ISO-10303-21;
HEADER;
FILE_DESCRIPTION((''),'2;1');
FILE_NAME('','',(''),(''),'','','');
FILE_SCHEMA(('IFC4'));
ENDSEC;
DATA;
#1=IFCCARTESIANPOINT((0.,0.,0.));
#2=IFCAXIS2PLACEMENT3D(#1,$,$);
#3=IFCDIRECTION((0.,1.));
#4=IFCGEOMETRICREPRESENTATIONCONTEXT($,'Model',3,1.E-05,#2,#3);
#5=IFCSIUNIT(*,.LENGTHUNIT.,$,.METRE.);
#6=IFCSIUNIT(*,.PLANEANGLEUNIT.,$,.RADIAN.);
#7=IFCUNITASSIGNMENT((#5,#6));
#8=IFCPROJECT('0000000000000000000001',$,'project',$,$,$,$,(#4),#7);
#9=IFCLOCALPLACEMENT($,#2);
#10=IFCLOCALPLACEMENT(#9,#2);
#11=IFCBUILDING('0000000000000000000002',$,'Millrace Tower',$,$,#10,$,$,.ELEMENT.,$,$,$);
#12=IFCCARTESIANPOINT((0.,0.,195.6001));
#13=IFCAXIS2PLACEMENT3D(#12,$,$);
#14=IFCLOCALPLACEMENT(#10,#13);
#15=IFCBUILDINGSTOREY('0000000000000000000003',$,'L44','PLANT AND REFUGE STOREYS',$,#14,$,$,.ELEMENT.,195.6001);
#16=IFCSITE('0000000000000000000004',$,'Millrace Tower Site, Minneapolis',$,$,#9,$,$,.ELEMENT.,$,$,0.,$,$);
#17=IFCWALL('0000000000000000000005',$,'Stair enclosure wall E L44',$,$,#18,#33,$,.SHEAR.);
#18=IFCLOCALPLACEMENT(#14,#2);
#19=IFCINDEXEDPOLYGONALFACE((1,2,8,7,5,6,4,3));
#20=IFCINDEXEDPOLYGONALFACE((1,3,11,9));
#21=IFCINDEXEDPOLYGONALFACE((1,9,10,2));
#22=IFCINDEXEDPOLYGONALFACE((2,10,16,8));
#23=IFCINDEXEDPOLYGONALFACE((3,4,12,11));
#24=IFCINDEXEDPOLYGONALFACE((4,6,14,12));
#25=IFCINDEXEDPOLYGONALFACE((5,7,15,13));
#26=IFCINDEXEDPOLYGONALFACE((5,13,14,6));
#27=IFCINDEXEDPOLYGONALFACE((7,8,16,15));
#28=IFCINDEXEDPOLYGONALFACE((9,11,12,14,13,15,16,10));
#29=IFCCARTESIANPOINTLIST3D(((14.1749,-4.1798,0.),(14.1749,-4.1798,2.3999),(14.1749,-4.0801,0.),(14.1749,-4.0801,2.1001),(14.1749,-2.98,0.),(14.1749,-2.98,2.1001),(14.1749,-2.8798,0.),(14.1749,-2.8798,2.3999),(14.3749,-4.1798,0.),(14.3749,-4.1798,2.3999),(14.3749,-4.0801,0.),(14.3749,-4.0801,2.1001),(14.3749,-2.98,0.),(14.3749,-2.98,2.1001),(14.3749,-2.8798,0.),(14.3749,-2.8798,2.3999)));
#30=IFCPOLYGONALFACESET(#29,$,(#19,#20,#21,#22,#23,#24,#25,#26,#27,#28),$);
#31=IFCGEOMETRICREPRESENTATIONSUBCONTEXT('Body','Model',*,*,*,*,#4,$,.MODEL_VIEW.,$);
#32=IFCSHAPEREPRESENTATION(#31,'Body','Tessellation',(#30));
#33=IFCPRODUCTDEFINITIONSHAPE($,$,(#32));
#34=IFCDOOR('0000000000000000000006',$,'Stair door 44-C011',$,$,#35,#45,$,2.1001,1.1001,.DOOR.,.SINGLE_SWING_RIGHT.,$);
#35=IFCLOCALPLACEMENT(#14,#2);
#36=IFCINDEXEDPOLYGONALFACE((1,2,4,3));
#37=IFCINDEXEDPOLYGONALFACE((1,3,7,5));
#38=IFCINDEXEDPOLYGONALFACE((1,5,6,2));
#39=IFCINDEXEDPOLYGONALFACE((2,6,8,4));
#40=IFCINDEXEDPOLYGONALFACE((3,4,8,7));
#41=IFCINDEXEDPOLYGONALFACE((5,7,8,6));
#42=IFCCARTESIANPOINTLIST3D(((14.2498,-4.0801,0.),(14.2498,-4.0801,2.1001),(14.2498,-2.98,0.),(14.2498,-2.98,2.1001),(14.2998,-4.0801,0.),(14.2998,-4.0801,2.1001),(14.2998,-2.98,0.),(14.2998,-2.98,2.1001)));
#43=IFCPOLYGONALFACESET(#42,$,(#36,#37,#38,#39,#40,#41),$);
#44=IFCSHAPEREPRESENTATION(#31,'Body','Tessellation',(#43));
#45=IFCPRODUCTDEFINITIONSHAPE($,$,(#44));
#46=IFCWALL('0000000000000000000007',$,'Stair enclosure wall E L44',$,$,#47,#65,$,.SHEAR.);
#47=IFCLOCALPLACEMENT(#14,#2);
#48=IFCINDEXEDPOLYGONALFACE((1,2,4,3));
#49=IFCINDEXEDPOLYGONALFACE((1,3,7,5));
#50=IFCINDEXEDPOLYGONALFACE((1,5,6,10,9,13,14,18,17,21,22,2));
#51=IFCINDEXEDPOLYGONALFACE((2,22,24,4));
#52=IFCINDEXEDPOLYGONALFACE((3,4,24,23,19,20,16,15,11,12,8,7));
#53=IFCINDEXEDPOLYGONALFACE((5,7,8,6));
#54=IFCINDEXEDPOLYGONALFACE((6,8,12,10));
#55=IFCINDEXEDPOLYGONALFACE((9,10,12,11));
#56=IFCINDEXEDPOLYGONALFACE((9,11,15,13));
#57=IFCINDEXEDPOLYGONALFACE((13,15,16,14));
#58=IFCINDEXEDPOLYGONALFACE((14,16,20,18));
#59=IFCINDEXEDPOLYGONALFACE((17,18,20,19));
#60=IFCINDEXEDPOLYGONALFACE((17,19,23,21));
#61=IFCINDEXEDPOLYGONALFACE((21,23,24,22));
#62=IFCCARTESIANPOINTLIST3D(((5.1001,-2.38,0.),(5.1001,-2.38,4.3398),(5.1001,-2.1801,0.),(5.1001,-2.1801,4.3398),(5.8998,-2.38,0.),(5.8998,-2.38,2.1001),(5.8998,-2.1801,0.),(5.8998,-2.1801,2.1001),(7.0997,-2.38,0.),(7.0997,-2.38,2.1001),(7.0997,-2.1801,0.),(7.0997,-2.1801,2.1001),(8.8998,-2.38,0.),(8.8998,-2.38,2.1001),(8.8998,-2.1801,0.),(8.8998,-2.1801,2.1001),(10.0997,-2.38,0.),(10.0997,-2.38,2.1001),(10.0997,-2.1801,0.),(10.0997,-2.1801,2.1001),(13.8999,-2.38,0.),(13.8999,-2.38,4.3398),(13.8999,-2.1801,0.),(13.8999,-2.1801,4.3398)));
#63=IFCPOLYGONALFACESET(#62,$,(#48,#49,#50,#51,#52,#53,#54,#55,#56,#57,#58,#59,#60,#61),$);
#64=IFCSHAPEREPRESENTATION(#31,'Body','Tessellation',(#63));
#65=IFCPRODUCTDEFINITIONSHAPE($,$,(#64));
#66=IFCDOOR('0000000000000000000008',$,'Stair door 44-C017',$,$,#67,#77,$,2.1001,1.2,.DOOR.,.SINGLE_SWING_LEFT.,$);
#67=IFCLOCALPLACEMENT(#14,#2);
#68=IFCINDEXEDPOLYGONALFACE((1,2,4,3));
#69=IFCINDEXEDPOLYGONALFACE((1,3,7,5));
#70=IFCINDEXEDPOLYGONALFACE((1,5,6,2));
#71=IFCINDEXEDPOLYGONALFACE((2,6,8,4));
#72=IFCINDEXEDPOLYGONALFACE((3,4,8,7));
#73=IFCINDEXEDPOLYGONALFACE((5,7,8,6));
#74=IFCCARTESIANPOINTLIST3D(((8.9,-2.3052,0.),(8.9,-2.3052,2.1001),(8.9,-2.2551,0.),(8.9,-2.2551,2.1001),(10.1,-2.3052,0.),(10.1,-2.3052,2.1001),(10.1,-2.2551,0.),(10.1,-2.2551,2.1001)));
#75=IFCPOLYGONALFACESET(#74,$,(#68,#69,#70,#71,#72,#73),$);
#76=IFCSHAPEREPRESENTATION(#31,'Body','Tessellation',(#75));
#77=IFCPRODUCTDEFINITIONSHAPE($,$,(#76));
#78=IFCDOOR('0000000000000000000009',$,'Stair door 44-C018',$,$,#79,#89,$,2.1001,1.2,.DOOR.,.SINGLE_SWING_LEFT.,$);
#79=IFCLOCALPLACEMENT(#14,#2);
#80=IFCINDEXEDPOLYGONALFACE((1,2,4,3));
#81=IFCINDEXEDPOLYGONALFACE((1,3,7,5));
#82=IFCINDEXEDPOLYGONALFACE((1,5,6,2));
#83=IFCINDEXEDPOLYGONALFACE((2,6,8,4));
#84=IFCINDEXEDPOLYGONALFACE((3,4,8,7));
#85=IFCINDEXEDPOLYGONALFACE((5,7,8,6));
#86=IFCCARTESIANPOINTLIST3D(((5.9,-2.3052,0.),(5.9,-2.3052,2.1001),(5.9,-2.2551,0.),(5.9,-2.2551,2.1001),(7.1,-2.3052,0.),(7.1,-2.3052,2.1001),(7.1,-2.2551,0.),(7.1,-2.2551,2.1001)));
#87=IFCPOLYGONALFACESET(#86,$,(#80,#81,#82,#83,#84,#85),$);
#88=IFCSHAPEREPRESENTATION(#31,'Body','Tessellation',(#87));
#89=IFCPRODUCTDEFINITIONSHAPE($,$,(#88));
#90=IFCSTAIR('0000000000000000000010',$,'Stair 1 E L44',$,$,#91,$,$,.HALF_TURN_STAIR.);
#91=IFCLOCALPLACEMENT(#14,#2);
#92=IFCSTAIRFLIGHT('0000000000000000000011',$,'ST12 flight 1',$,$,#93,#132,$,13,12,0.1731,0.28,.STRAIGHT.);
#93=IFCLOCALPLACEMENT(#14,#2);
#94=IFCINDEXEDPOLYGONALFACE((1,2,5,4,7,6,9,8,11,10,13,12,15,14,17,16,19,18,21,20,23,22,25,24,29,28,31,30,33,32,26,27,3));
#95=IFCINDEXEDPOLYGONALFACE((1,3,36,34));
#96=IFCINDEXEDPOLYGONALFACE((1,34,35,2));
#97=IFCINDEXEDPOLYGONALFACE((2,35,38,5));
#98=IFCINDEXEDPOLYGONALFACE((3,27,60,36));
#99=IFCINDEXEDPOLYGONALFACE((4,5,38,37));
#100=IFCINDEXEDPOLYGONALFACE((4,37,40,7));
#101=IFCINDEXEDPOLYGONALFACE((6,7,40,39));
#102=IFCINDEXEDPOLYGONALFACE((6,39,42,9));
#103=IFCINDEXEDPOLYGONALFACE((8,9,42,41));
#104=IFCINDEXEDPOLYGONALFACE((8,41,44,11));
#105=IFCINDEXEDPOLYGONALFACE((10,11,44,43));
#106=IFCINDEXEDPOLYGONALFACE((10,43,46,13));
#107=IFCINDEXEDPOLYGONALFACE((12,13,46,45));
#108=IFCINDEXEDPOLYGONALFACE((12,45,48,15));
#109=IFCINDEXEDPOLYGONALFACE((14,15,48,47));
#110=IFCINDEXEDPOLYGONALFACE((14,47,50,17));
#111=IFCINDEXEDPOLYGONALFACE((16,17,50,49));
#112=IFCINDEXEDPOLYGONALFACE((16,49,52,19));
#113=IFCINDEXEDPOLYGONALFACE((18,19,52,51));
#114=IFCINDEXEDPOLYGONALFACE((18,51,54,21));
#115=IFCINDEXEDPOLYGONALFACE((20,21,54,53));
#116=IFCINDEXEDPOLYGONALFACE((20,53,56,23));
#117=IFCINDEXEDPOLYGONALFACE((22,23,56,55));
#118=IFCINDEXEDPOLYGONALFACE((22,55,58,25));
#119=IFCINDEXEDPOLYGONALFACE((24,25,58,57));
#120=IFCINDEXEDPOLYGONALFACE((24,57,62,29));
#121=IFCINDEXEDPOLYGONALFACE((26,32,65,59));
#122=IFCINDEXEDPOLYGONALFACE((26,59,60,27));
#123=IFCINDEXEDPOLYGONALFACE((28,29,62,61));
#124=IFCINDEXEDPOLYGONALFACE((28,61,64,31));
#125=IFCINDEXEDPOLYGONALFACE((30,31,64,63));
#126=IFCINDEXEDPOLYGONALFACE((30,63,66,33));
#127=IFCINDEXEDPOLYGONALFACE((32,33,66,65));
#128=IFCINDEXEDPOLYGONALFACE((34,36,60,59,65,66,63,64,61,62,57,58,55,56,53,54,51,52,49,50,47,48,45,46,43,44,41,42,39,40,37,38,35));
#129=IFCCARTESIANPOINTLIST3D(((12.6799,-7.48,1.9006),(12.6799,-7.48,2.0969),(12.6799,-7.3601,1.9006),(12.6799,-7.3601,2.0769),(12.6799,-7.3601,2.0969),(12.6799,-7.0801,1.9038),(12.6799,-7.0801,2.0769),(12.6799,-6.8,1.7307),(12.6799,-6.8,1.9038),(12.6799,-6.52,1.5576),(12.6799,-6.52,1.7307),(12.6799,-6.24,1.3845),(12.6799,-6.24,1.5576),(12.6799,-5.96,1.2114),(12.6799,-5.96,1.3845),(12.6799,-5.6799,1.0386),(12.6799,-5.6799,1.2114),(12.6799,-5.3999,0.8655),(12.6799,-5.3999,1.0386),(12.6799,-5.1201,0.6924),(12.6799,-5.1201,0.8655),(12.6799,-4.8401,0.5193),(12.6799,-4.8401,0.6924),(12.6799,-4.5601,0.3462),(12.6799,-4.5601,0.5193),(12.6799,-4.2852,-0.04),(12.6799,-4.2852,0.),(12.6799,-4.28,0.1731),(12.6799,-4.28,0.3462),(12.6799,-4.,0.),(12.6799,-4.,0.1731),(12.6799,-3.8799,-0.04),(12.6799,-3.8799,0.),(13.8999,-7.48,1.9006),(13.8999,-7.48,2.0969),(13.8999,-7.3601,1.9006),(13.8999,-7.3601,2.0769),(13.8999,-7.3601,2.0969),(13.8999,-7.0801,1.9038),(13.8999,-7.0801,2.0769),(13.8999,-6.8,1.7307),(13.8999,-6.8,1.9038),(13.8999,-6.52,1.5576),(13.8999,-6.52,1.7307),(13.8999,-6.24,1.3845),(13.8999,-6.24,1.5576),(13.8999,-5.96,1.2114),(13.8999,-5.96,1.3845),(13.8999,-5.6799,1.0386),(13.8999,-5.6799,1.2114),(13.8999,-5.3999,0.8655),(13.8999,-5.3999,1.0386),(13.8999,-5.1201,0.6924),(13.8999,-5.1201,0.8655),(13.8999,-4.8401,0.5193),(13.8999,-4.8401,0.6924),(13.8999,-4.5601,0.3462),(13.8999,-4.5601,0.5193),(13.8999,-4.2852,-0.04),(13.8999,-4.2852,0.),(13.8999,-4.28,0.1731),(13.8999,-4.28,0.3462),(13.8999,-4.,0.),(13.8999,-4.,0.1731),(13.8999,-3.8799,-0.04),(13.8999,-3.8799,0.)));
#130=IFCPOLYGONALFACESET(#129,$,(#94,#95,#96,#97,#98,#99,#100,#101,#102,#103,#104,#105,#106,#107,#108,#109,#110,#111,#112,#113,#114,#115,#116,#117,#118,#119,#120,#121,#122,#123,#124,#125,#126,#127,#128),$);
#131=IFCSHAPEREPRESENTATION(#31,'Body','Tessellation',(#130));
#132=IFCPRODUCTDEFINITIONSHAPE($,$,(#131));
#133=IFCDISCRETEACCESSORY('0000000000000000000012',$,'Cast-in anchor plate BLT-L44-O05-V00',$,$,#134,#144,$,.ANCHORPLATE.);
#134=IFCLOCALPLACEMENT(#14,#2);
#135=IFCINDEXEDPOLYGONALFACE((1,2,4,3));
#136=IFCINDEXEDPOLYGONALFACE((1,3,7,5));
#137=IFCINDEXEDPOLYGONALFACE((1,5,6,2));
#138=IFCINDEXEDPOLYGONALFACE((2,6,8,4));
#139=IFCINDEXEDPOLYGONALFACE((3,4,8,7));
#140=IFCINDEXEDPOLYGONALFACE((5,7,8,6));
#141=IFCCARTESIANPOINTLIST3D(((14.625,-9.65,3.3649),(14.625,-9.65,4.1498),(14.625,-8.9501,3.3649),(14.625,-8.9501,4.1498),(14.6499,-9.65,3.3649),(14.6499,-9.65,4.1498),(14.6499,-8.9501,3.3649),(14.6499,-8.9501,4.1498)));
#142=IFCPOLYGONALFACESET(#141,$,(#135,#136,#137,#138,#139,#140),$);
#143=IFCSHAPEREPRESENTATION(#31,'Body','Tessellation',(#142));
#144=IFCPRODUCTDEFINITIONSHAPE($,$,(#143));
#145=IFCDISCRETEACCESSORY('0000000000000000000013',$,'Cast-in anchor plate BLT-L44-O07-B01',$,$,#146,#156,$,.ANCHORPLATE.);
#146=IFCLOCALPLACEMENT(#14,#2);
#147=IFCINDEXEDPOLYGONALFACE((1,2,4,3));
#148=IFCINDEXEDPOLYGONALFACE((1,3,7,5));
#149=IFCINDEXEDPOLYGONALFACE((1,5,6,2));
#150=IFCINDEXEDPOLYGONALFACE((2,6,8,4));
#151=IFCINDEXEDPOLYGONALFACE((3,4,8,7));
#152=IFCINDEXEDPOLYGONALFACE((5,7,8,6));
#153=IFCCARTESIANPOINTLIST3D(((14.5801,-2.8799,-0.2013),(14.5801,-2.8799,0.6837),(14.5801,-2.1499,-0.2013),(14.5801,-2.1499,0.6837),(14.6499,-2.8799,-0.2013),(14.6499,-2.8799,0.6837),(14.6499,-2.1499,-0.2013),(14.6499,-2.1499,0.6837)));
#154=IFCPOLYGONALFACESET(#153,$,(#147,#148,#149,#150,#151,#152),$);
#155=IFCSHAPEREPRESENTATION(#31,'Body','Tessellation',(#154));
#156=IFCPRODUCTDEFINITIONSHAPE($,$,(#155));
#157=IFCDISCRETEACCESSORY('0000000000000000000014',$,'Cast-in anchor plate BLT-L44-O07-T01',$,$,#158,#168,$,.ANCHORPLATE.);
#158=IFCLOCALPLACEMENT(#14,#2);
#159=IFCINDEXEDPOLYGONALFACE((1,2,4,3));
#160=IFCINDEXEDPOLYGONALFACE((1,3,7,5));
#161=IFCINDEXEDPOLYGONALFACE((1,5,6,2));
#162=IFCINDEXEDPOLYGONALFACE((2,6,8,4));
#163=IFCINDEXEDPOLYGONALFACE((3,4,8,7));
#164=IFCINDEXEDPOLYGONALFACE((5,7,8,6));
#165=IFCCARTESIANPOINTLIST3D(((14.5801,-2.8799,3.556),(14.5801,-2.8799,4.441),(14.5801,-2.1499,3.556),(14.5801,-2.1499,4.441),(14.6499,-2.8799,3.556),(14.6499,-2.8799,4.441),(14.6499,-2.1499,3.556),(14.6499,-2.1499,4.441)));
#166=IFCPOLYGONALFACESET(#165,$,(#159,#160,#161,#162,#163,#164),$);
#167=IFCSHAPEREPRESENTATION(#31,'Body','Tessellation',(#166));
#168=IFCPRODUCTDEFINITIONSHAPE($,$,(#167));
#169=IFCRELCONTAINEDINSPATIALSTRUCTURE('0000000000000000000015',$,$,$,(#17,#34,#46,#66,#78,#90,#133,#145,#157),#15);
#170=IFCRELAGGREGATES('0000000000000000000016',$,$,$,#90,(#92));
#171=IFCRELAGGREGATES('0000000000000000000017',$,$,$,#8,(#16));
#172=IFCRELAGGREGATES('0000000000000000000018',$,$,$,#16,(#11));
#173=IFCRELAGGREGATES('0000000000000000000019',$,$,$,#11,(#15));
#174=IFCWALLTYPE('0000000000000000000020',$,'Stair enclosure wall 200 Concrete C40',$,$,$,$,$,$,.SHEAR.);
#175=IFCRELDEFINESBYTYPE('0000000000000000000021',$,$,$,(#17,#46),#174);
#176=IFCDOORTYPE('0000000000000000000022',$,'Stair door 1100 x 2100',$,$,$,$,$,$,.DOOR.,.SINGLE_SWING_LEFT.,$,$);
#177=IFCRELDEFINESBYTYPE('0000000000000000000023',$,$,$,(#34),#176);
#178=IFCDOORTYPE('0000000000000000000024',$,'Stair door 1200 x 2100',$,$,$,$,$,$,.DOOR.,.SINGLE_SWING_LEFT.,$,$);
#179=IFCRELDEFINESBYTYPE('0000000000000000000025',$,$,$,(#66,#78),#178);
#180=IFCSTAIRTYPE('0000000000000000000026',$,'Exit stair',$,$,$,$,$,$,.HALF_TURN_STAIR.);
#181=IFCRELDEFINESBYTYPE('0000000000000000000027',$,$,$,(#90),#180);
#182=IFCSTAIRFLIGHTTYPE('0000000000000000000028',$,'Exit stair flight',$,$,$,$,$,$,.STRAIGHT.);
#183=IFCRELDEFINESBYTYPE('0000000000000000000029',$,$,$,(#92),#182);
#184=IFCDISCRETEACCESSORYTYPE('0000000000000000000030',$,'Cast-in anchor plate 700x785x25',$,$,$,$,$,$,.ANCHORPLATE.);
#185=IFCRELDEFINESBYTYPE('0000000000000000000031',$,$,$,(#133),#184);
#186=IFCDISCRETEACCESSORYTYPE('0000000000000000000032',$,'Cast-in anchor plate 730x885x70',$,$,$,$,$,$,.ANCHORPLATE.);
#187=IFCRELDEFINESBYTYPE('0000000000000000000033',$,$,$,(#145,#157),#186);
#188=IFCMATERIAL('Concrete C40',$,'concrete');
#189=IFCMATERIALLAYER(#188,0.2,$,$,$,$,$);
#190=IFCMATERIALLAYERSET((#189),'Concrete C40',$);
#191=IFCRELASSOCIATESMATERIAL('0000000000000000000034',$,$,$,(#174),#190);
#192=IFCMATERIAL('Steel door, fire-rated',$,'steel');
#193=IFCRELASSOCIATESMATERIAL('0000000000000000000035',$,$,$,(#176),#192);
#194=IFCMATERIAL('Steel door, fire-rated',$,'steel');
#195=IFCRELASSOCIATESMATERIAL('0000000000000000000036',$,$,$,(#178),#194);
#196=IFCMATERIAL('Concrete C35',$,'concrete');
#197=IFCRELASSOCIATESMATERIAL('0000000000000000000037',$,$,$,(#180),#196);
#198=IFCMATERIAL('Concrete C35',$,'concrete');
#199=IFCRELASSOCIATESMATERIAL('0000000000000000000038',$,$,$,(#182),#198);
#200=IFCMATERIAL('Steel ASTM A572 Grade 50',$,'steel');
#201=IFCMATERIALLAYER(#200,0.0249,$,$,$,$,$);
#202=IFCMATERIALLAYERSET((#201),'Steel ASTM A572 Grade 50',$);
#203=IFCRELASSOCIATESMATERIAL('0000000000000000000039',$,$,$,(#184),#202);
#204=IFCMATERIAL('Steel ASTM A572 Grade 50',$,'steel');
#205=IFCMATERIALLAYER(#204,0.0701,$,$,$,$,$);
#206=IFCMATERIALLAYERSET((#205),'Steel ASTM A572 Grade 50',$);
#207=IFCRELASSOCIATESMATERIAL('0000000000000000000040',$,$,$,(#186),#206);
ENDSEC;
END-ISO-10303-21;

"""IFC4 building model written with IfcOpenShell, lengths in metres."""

from ifc_helpers import new_model, si_unit, direction, frame, frame_2d, origin, origin_2d, place, context, subcontext, project, spatial, polyline, rectangle, outline, extrude, material, layer, layer_set, type_object, element, fill, aggregate, save


model = new_model("IFC4")

# Units and contexts
model_context = context("Model", 3, precision=1e-05, world=origin(), true_north=direction((0.0, 1.0)))
body_context = subcontext(model_context, "Body", "Model", "MODEL_VIEW")
ifc_project = project(units=[si_unit("LENGTHUNIT", "METRE"), si_unit("PLANEANGLEUNIT", "RADIAN")], contexts=[model_context])

# Site, building, storey
site_placement = place(None, origin())
site = spatial("IfcSite", under=ifc_project, at=site_placement, Name="Millrace Tower Site, Minneapolis", CompositionType="ELEMENT", RefElevation=0.0)
building_placement = place(site_placement, origin())
building = spatial("IfcBuilding", under=site, at=building_placement, Name="Millrace Tower", CompositionType="ELEMENT")
storey_placement = place(building_placement, frame((0.0, 0.0, 195.6001)))
storey = spatial("IfcBuildingStorey", under=building, at=storey_placement, Name="L44", Description="PLANT AND REFUGE STOREYS", CompositionType="ELEMENT", Elevation=195.6001)

# Wall, opening, door
ifc_material_1 = material(Name="Concrete C40", Category="concrete")
ifc_layer_1 = layer(ifc_material_1, 0.2)
ifc_layer_set_1 = layer_set([ifc_layer_1], Name="Concrete C40")
wall_type_1 = type_object("IfcWallType", Name="Stair enclosure wall 200 Concrete C40", PredefinedType="SHEAR", material=ifc_layer_set_1)
wall_1_placement = place(storey_placement, frame((14.2749, -2.8799, 0.0), z_axis=(0.0, 0.0, 1.0), x_axis=(0.0, -1.0, 0.0)))
wall_1 = element("IfcWall", 1, at=wall_1_placement, inside=storey, type_object=wall_type_1, Name="Stair enclosure wall E L44", PredefinedType="SHEAR", context=body_context, shape_type="SweptSolid", body=[
    extrude(rectangle(XDim=1.3, YDim=0.2, at=frame_2d((0.6499, 0.0))), origin(), (0.0, 0.0, 1.0), 2.3999),
])
opening_1_placement = place(wall_1_placement, frame((0.1001, 0.0, 0.0)))
opening_1 = element("IfcOpeningElement", 2, at=opening_1_placement, cuts=wall_1, PredefinedType="OPENING", context=body_context, shape_type="SweptSolid", body=[
    extrude(rectangle(XDim=1.1001, YDim=2.1001, at=frame_2d((0.55, 1.05))), frame((0.0, 0.1099, 0.0), z_axis=(0.0, -1.0, 0.0), x_axis=(1.0, 0.0, 0.0)), (0.0, 0.0, 1.0), 0.22),
])
ifc_material_2 = material(Name="Steel door, fire-rated", Category="steel")
door_type_1 = type_object("IfcDoorType", Name="Stair door 1100 x 2100", OperationType="SINGLE_SWING_LEFT", PredefinedType="DOOR", material=ifc_material_2)
door_1_placement = place(opening_1_placement, origin())
door_1 = element("IfcDoor", 3, at=door_1_placement, inside=storey, type_object=door_type_1, Name="Stair door 44-C011", OperationType="SINGLE_SWING_RIGHT", OverallHeight=2.1001, OverallWidth=1.1001, PredefinedType="DOOR", context=body_context, shape_type="SweptSolid", body=[
    extrude(rectangle(XDim=1.1001, YDim=2.1001, at=frame_2d((0.55, 1.05))), frame((0.0, 0.0249, 0.0), z_axis=(0.0, -1.0, 0.0), x_axis=(1.0, 0.0, 0.0)), (0.0, 0.0, 1.0), 0.05),
])
fill(opening_1, door_1)

# Wall, openings, doors
wall_2_placement = place(storey_placement, frame((13.8999, -2.28, 0.0), z_axis=(0.0, 0.0, 1.0), x_axis=(-1.0, 0.0, 0.0)))
wall_2 = element("IfcWall", 4, at=wall_2_placement, inside=storey, type_object=wall_type_1, Name="Stair enclosure wall E L44", PredefinedType="SHEAR", context=body_context, shape_type="SweptSolid", body=[
    extrude(rectangle(XDim=8.7998, YDim=0.2, at=frame_2d((4.3999, 0.0))), origin(), (0.0, 0.0, 1.0), 4.3398),
])
opening_2_placement = place(wall_2_placement, frame((3.8, 0.0, 0.0)))
opening_2 = element("IfcOpeningElement", 5, at=opening_2_placement, cuts=wall_2, PredefinedType="OPENING", context=body_context, shape_type="SweptSolid", body=[
    extrude(rectangle(XDim=1.2, YDim=2.1001, at=frame_2d((0.6001, 1.05))), frame((0.0, 0.1099, 0.0), z_axis=(0.0, -1.0, 0.0), x_axis=(1.0, 0.0, 0.0)), (0.0, 0.0, 1.0), 0.22),
])
opening_3_placement = place(wall_2_placement, frame((6.8, 0.0, 0.0)))
opening_3 = element("IfcOpeningElement", 6, at=opening_3_placement, cuts=wall_2, PredefinedType="OPENING", context=body_context, shape_type="SweptSolid", body=[
    extrude(rectangle(XDim=1.2, YDim=2.1001, at=frame_2d((0.6001, 1.05))), frame((0.0, 0.1099, 0.0), z_axis=(0.0, -1.0, 0.0), x_axis=(1.0, 0.0, 0.0)), (0.0, 0.0, 1.0), 0.22),
])
ifc_material_3 = material(Name="Steel door, fire-rated", Category="steel")
door_type_2 = type_object("IfcDoorType", Name="Stair door 1200 x 2100", OperationType="SINGLE_SWING_LEFT", PredefinedType="DOOR", material=ifc_material_3)
door_2_placement = place(opening_2_placement, frame((1.2, 0.0, 0.0), z_axis=(0.0, 0.0, 1.0), x_axis=(-1.0, 0.0, 0.0)))
door_2 = element("IfcDoor", 7, at=door_2_placement, inside=storey, type_object=door_type_2, Name="Stair door 44-C017", OperationType="SINGLE_SWING_LEFT", OverallHeight=2.1001, OverallWidth=1.2, PredefinedType="DOOR", context=body_context, shape_type="SweptSolid", body=[
    extrude(rectangle(XDim=1.2, YDim=2.1001, at=frame_2d((0.6001, 1.05))), frame((0.0, 0.0249, 0.0), z_axis=(0.0, -1.0, 0.0), x_axis=(1.0, 0.0, 0.0)), (0.0, 0.0, 1.0), 0.05),
])
fill(opening_2, door_2)
door_3_placement = place(opening_3_placement, frame((1.2, 0.0, 0.0), z_axis=(0.0, 0.0, 1.0), x_axis=(-1.0, 0.0, 0.0)))
door_3 = element("IfcDoor", 8, at=door_3_placement, inside=storey, type_object=door_type_2, Name="Stair door 44-C018", OperationType="SINGLE_SWING_LEFT", OverallHeight=2.1001, OverallWidth=1.2, PredefinedType="DOOR", context=body_context, shape_type="SweptSolid", body=[
    extrude(rectangle(XDim=1.2, YDim=2.1001, at=frame_2d((0.6001, 1.05))), frame((0.0, 0.0249, 0.0), z_axis=(0.0, -1.0, 0.0), x_axis=(1.0, 0.0, 0.0)), (0.0, 0.0, 1.0), 0.05),
])
fill(opening_3, door_3)

# Stair, stair flight
ifc_material_4 = material(Name="Concrete C35", Category="concrete")
stair_type = type_object("IfcStairType", Name="Exit stair", PredefinedType="HALF_TURN_STAIR", material=ifc_material_4)
stair_placement = place(storey_placement, origin())
stair = element("IfcStair", 9, at=stair_placement, inside=storey, type_object=stair_type, Name="Stair 1 E L44", PredefinedType="HALF_TURN_STAIR")
ifc_material_5 = material(Name="Concrete C35", Category="concrete")
stair_flight_type = type_object("IfcStairFlightType", Name="Exit stair flight", PredefinedType="STRAIGHT", material=ifc_material_5)
stair_flight_placement = place(storey_placement, frame((13.29, -4.0, 0.0), z_axis=(0.0, 0.0, 1.0), x_axis=(0.0, -1.0, 0.0)))
stair_flight = element("IfcStairFlight", 10, at=stair_flight_placement, type_object=stair_flight_type, Name="ST12 flight 1", NumberOfRisers=13, NumberOfTreads=12, PredefinedType="STRAIGHT", RiserHeight=0.1731, TreadLength=0.28, context=body_context, shape_type="SweptSolid", body=[
    extrude(outline(polyline([(-0.1201, -0.04), (-0.1201, 0.0), (0.0, 0.0), (0.0, 0.1731), (0.28, 0.1731), (0.28, 0.3462), (0.5601, 0.3462), (0.5601, 0.5193), (0.8401, 0.5193), (0.8401, 0.6924), (1.1201, 0.6924), (1.1201, 0.8655), (1.3999, 0.8655), (1.3999, 1.0386), (1.6799, 1.0386), (1.6799, 1.2114), (1.96, 1.2114), (1.96, 1.3845), (2.24, 1.3845), (2.24, 1.5576), (2.52, 1.5576), (2.52, 1.7307), (2.8, 1.7307), (2.8, 1.9038), (3.0801, 1.9038), (3.0801, 2.0769), (3.3601, 2.0769), (3.3601, 2.0969), (3.48, 2.0969), (3.48, 1.9006), (3.3601, 1.9006), (0.2852, 0.0), (0.2852, -0.04), (-0.1201, -0.04)])), frame((0.0, 0.6099, 0.0), z_axis=(0.0, -1.0, 0.0), x_axis=(1.0, 0.0, 0.0)), (0.0, 0.0, 1.0), 1.22),
])
aggregate(stair, [stair_flight])

# Discrete accessories
ifc_material_6 = material(Name="Steel ASTM A572 Grade 50", Category="steel")
ifc_layer_2 = layer(ifc_material_6, 0.0249)
ifc_layer_set_2 = layer_set([ifc_layer_2], Name="Steel ASTM A572 Grade 50")
discrete_accessory_type_1 = type_object("IfcDiscreteAccessoryType", Name="Cast-in anchor plate 700x785x25", PredefinedType="ANCHORPLATE", material=ifc_layer_set_2)
discrete_accessory_1_placement = place(storey_placement, frame((14.625, -9.3, 3.7573), z_axis=(1.0, 0.0, 0.0), x_axis=(0.0, 1.0, 0.0)))
element("IfcDiscreteAccessory", 11, at=discrete_accessory_1_placement, inside=storey, type_object=discrete_accessory_type_1, Name="Cast-in anchor plate BLT-L44-O05-V00", PredefinedType="ANCHORPLATE", context=body_context, shape_type="SweptSolid", body=[
    extrude(rectangle(XDim=0.7, YDim=0.7849, at=origin_2d()), origin(), (0.0, 0.0, 1.0), 0.0249),
])
ifc_material_7 = material(Name="Steel ASTM A572 Grade 50", Category="steel")
ifc_layer_3 = layer(ifc_material_7, 0.0701)
ifc_layer_set_3 = layer_set([ifc_layer_3], Name="Steel ASTM A572 Grade 50")
discrete_accessory_type_2 = type_object("IfcDiscreteAccessoryType", Name="Cast-in anchor plate 730x885x70", PredefinedType="ANCHORPLATE", material=ifc_layer_set_3)
for number, where, z_axis, x_axis, name in (
    (12, (14.5801, -2.5149, 0.2412), (1.0, 0.0, 0.0), (0.0, 1.0, 0.0), "Cast-in anchor plate BLT-L44-O07-B01"),
    (13, (14.5801, -2.5149, 3.9985), (1.0, 0.0, 0.0), (0.0, 1.0, 0.0), "Cast-in anchor plate BLT-L44-O07-T01"),
):
    element("IfcDiscreteAccessory", number, at=place(storey_placement, frame(where, z_axis=z_axis, x_axis=x_axis)), inside=storey, type_object=discrete_accessory_type_2, Name=name, PredefinedType="ANCHORPLATE", context=body_context, shape_type="SweptSolid", body=[
        extrude(rectangle(XDim=0.73, YDim=0.885, at=origin_2d()), origin(), (0.0, 0.0, 1.0), 0.0698),
    ])

save(model, "model.ifc")
